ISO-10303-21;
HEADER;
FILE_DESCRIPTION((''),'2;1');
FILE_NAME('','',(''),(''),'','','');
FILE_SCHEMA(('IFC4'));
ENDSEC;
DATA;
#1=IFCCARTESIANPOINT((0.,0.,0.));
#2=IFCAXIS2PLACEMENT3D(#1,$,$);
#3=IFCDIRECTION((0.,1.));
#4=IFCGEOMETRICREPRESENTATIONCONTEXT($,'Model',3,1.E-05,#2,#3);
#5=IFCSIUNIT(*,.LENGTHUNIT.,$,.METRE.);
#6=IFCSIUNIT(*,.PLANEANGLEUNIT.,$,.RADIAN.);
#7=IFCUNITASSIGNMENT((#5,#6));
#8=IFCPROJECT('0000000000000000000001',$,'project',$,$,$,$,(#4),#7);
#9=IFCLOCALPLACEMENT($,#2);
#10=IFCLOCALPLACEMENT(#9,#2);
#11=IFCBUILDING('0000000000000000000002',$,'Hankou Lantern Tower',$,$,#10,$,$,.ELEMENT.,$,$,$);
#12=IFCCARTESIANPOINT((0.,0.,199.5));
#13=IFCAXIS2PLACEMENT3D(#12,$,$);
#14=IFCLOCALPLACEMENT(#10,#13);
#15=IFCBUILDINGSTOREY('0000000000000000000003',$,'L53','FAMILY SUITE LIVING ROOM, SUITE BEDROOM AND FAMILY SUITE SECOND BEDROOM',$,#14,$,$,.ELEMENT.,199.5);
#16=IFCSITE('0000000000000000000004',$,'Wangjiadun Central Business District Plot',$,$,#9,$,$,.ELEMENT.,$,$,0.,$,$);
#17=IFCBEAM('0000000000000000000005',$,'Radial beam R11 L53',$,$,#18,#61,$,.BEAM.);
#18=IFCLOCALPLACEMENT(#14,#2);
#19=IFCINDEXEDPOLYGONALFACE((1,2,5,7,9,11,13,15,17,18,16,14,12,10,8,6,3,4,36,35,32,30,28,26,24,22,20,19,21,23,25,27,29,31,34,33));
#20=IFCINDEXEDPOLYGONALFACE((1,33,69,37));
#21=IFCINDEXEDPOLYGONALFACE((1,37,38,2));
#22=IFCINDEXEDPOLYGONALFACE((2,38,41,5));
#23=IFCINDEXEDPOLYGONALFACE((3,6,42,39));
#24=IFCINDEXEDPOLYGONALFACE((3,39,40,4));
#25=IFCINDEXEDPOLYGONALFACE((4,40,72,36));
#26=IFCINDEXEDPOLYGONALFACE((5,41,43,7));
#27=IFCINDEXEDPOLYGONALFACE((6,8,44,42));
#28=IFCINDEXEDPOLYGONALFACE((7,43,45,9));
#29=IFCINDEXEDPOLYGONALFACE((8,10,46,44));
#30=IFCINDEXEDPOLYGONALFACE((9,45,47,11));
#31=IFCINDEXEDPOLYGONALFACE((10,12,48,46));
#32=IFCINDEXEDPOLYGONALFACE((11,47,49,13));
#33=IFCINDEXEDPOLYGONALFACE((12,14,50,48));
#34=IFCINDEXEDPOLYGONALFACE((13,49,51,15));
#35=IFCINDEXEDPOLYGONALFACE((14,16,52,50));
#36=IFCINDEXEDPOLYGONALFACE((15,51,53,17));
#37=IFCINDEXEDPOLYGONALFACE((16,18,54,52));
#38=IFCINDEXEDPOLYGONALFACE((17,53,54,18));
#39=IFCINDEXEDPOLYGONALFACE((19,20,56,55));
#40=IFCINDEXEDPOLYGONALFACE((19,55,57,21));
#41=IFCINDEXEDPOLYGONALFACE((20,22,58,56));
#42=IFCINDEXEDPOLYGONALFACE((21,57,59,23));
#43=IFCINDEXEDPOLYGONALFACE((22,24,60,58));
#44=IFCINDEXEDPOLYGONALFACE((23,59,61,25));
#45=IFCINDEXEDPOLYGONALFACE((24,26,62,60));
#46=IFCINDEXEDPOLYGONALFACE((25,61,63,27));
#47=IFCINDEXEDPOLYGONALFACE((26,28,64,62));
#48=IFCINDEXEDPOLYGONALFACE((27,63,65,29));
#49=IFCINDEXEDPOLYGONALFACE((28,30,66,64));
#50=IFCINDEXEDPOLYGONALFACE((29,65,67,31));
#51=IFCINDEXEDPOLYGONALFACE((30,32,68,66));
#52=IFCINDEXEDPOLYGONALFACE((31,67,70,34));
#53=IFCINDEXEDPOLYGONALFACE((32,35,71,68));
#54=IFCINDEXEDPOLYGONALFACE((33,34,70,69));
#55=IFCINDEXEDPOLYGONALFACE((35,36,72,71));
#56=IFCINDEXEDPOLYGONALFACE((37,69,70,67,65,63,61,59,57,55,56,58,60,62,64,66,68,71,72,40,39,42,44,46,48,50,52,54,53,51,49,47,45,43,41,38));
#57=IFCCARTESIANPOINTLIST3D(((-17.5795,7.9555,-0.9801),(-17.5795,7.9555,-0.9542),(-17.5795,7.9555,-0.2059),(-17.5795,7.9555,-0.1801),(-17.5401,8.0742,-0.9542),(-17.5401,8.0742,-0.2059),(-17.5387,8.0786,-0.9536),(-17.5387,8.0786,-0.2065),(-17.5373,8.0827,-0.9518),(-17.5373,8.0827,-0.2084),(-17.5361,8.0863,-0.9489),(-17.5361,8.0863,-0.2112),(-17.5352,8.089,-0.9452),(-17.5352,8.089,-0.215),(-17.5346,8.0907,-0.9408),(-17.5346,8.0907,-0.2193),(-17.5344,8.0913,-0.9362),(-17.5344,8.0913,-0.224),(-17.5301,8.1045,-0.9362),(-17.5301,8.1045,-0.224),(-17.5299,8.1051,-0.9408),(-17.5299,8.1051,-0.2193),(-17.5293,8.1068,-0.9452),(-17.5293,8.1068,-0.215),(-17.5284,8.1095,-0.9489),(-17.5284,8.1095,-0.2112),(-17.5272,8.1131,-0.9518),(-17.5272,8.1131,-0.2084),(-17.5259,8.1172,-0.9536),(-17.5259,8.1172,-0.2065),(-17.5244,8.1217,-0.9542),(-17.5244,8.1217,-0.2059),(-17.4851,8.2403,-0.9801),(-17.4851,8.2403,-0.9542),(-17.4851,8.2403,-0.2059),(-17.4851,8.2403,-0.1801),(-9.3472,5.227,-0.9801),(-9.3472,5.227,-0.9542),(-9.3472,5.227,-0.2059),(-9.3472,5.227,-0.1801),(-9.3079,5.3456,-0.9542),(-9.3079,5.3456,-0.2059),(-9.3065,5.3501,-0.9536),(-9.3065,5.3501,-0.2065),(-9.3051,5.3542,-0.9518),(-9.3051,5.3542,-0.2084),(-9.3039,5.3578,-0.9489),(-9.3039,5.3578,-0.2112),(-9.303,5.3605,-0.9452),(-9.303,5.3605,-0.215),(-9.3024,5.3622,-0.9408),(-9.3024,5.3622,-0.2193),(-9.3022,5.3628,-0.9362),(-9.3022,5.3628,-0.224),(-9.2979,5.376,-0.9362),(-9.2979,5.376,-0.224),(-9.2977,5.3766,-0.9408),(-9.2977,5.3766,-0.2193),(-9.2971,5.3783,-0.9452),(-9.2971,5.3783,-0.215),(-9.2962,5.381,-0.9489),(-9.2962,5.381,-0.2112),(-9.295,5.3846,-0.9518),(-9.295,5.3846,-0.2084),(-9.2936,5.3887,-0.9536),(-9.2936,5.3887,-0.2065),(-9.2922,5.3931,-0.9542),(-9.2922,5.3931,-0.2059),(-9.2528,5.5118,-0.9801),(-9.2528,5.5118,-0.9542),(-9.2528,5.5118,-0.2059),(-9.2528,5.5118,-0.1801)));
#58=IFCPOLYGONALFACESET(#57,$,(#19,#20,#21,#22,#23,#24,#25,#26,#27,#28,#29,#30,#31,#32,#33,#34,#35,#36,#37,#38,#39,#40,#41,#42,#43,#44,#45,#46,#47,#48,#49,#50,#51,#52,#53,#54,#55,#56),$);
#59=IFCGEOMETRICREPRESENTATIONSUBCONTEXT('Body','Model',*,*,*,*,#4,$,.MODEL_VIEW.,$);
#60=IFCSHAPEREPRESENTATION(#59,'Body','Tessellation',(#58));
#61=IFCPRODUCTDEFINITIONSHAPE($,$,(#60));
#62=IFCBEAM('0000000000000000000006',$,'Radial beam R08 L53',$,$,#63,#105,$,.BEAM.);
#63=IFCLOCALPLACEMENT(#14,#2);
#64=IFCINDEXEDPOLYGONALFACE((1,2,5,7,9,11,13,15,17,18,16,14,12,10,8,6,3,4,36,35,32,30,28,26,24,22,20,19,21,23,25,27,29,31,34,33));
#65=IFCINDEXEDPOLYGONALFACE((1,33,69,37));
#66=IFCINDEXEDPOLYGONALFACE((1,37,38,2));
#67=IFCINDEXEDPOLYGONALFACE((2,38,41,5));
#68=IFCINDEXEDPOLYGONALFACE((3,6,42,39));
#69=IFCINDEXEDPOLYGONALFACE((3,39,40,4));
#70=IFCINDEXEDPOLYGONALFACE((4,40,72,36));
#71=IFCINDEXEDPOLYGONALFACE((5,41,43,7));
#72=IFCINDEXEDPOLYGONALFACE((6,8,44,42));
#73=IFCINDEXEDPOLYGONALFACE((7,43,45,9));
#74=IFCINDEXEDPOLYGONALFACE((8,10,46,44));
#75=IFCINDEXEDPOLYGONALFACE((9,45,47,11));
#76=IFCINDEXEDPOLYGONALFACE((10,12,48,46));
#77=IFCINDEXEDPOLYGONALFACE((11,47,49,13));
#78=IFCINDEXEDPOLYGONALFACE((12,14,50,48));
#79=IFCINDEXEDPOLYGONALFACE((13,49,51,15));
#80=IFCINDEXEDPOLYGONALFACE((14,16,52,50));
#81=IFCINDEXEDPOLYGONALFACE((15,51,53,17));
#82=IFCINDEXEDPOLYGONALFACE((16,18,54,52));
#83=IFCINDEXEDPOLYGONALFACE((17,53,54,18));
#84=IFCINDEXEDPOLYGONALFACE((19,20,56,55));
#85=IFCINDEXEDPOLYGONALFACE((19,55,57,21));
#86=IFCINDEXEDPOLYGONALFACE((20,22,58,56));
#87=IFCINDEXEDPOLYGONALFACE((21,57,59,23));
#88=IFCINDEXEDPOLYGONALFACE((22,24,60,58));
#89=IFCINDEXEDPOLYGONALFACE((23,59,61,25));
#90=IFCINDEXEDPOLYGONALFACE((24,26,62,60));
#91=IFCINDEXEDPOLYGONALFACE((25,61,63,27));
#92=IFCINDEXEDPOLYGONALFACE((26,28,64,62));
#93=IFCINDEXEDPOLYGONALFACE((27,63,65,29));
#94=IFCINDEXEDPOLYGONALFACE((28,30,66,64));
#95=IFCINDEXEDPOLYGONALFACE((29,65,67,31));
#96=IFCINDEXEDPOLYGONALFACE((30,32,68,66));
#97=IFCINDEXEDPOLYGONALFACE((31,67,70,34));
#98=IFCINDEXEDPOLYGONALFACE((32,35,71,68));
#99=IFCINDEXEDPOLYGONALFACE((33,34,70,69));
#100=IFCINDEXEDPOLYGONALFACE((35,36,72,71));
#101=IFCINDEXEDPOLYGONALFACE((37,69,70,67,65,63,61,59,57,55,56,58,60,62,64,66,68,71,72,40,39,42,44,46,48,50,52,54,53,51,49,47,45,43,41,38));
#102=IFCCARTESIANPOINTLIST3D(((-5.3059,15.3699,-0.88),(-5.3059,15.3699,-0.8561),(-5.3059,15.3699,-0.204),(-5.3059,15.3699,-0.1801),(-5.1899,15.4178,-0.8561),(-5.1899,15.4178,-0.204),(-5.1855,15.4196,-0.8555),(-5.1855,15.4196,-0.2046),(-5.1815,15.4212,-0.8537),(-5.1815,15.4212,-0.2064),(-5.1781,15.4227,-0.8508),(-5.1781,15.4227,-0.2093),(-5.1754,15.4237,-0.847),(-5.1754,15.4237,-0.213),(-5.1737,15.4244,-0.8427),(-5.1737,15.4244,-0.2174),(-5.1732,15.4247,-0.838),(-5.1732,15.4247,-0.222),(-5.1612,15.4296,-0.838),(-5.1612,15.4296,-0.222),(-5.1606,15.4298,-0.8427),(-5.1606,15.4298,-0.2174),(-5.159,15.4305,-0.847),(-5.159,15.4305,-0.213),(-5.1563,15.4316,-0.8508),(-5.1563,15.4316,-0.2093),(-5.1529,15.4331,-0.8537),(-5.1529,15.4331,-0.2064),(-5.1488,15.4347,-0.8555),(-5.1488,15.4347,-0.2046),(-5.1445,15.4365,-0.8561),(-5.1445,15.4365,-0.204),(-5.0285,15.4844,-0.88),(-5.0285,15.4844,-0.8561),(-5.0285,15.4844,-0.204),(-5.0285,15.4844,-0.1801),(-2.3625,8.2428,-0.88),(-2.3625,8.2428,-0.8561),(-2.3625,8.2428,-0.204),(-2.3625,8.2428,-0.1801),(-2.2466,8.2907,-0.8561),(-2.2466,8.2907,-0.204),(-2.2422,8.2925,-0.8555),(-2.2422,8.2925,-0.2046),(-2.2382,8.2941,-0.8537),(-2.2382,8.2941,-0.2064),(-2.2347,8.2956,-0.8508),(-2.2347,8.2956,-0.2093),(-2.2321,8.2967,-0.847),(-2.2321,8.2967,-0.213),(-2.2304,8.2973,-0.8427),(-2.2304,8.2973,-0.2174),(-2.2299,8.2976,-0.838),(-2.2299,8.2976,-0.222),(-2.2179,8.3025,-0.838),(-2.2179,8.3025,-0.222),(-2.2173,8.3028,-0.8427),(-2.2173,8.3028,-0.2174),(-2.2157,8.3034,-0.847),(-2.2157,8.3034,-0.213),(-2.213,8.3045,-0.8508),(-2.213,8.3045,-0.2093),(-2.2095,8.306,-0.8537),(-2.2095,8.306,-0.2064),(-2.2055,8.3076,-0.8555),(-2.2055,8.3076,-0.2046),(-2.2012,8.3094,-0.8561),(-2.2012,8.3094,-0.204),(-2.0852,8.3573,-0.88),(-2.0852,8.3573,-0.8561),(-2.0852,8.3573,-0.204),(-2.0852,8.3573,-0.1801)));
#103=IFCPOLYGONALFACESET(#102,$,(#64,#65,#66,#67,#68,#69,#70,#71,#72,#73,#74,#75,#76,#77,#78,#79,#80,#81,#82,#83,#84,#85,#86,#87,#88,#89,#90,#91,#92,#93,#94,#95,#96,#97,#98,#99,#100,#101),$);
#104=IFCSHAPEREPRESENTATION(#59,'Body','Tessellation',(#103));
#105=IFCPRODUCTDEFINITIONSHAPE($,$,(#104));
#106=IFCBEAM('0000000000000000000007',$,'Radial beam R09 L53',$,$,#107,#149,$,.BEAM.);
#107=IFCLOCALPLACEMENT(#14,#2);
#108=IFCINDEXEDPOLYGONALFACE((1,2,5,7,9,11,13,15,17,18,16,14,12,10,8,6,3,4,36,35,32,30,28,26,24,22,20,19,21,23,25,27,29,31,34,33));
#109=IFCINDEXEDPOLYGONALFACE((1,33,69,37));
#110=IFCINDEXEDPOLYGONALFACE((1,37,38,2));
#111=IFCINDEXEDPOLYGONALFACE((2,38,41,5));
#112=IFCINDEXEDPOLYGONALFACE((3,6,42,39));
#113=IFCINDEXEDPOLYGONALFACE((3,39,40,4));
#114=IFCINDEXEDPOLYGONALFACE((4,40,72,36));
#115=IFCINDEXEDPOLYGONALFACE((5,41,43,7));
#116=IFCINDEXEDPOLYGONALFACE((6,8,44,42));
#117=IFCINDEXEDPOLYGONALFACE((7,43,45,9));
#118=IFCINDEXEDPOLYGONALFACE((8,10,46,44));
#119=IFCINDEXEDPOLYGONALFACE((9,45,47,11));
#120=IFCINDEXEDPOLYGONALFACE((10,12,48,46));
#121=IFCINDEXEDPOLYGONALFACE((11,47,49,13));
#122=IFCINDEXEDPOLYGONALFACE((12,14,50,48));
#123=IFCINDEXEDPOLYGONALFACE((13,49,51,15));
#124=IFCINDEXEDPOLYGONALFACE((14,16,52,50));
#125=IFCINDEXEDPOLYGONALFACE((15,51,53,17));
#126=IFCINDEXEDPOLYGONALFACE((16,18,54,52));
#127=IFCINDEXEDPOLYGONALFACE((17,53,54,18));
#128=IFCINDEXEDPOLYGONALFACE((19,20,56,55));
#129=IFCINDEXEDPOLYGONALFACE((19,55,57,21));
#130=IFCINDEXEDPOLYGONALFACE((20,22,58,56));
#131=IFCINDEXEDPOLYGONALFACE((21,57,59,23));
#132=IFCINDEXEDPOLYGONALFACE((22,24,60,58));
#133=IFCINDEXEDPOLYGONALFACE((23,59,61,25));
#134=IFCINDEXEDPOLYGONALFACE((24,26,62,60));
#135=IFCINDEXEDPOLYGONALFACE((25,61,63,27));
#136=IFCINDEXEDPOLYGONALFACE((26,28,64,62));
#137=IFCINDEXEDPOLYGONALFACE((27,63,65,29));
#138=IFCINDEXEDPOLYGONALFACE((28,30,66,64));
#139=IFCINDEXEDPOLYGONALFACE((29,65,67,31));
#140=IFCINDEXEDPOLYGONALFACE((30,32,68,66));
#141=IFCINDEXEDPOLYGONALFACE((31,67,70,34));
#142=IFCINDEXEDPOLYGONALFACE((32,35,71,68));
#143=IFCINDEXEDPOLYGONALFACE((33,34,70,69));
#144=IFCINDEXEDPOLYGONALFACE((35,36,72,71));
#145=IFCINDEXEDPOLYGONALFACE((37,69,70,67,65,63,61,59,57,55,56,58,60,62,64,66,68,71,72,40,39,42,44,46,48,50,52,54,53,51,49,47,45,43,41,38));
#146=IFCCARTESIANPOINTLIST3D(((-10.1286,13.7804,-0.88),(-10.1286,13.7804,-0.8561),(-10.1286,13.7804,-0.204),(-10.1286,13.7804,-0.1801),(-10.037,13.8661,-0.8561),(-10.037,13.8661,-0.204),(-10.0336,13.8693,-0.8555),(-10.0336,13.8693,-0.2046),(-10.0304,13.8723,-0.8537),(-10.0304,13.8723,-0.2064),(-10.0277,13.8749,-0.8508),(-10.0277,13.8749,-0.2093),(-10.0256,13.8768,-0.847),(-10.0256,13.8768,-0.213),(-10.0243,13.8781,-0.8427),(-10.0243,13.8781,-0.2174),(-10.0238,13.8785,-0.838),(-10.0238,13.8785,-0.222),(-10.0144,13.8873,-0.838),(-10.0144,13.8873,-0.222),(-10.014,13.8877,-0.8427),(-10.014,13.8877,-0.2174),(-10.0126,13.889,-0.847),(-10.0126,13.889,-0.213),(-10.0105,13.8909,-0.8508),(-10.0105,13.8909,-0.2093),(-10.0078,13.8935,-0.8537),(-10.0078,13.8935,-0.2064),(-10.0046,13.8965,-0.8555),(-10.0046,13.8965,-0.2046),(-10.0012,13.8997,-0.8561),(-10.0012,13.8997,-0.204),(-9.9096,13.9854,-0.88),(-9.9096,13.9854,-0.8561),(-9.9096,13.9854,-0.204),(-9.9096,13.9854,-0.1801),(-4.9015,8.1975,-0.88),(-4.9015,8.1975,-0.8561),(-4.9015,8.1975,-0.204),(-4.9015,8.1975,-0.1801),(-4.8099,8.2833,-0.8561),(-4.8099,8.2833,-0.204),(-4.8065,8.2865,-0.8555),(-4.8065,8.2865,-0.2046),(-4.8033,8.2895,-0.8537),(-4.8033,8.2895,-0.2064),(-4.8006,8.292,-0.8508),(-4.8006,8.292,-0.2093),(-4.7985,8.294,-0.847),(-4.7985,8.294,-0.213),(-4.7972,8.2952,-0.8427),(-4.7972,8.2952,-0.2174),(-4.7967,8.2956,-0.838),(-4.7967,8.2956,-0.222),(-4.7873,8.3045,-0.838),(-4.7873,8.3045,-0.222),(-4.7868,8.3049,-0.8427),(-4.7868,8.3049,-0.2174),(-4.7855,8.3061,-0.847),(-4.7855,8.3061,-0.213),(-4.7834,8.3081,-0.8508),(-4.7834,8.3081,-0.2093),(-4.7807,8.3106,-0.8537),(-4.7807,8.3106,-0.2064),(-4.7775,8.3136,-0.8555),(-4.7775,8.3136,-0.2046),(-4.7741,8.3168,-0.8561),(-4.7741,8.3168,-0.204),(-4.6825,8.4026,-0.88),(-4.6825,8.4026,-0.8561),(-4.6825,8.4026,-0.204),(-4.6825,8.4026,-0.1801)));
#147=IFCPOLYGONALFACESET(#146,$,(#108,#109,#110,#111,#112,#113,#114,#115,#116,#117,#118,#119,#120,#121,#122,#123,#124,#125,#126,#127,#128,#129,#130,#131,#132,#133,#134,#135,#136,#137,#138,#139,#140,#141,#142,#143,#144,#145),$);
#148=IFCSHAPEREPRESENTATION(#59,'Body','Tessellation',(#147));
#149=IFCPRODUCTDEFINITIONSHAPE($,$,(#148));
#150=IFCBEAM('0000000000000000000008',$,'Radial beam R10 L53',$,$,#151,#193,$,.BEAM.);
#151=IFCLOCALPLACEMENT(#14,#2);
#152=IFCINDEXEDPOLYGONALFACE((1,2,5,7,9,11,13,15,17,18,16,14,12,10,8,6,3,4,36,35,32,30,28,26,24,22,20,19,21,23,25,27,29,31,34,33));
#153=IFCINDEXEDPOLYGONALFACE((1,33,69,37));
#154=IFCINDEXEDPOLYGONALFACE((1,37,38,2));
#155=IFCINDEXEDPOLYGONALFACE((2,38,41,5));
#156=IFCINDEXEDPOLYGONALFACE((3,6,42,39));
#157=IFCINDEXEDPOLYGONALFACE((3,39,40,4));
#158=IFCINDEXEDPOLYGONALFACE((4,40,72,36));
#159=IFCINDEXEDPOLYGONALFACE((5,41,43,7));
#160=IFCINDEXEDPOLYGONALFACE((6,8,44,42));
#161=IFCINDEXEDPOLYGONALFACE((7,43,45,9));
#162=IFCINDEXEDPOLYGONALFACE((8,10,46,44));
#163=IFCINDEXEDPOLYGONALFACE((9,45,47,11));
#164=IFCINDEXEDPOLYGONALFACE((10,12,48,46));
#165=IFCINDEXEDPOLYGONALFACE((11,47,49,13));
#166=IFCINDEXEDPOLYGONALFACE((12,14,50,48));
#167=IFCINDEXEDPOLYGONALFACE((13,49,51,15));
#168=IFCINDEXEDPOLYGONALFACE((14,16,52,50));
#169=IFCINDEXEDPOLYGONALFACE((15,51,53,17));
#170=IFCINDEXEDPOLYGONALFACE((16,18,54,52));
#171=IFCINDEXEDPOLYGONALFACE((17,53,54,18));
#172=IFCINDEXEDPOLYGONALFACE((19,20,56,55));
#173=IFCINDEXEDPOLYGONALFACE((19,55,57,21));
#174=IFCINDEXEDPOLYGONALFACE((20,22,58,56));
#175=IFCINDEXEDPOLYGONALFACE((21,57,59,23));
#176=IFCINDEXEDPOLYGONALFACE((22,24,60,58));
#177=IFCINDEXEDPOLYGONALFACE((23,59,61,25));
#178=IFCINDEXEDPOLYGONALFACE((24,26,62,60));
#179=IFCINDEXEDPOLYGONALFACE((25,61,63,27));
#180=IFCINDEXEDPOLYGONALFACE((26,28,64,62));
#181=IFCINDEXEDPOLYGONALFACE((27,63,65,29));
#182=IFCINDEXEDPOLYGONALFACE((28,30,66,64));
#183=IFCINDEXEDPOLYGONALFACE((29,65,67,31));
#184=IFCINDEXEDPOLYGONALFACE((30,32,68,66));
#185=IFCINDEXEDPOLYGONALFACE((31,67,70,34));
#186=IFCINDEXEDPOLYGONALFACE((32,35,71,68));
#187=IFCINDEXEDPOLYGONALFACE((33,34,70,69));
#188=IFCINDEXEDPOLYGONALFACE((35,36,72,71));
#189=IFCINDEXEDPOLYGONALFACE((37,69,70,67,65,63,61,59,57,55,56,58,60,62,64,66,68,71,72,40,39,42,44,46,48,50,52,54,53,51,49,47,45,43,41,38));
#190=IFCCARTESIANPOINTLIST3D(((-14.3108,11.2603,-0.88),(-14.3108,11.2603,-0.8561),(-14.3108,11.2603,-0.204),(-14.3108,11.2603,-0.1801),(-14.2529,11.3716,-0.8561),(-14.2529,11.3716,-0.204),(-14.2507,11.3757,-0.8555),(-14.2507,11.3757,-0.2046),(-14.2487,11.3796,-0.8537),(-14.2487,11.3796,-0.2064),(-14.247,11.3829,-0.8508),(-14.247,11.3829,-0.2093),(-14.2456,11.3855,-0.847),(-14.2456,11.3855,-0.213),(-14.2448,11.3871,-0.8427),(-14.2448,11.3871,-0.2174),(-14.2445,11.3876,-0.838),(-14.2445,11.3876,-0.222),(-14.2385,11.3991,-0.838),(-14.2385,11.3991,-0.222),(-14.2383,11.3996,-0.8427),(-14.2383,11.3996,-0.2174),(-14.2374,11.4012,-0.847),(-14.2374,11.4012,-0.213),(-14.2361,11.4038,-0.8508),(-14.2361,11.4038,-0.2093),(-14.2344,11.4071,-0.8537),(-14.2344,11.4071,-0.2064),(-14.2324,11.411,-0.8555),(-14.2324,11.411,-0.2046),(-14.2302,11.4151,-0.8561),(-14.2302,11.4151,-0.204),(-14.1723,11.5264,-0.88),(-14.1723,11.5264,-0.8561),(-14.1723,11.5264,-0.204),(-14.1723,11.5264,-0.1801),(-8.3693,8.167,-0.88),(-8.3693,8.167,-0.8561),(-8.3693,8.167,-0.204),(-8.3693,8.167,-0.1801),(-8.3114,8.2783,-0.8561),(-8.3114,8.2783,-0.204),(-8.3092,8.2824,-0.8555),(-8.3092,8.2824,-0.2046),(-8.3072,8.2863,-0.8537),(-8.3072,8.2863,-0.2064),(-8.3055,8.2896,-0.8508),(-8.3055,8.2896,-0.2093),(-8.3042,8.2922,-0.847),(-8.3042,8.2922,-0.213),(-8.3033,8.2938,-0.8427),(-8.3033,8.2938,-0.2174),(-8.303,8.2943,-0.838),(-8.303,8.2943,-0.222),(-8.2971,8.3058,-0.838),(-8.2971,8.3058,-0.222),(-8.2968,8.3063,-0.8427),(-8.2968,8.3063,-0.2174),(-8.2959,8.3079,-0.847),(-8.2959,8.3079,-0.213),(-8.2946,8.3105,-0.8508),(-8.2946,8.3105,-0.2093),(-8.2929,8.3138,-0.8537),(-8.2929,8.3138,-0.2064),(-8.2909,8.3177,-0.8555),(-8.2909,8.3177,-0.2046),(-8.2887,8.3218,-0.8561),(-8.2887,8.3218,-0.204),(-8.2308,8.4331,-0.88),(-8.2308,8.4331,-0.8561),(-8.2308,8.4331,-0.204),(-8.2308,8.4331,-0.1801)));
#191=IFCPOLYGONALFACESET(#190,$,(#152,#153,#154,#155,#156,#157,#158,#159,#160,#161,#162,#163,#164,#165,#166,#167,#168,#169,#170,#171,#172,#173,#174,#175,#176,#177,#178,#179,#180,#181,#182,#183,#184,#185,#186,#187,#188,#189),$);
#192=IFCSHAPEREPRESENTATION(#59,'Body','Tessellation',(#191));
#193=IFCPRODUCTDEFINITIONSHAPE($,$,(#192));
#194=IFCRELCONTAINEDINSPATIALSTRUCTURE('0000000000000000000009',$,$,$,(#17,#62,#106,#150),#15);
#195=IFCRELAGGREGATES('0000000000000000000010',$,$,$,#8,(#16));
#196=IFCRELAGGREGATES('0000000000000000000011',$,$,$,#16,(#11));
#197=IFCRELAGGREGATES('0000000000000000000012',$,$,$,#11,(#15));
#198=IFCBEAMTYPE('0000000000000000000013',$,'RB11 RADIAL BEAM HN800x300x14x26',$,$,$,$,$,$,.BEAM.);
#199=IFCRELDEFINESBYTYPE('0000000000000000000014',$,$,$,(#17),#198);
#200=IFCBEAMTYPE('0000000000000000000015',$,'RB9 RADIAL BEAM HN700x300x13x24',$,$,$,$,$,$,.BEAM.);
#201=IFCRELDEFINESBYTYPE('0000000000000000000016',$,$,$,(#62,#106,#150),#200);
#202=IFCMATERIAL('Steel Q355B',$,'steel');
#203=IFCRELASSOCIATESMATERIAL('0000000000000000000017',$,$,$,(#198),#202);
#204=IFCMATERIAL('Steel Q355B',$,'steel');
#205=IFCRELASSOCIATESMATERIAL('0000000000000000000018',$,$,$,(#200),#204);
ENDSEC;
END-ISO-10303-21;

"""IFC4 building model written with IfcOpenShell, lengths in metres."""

from ifc_helpers import new_model, si_unit, direction, frame, origin, origin_2d, place, context, subcontext, project, spatial, i_section, extrude, material, material_profile, profile_set, type_object, element, save


model = new_model("IFC4")

# Units and contexts
model_context = context("Model", 3, precision=1e-05, world=origin(), true_north=direction((0.0, 1.0)))
body_context = subcontext(model_context, "Body", "Model", "MODEL_VIEW")
ifc_project = project(units=[si_unit("LENGTHUNIT", "METRE"), si_unit("PLANEANGLEUNIT", "RADIAN")], contexts=[model_context])

# Site, building, storey
site_placement = place(None, origin())
site = spatial("IfcSite", under=ifc_project, at=site_placement, Name="Wangjiadun Central Business District Plot", CompositionType="ELEMENT", RefElevation=0.0)
building_placement = place(site_placement, origin())
building = spatial("IfcBuilding", under=site, at=building_placement, Name="Hankou Lantern Tower", CompositionType="ELEMENT")
storey_placement = place(building_placement, frame((0.0, 0.0, 199.5)))
storey = spatial("IfcBuildingStorey", under=building, at=storey_placement, Name="L53", Description="FAMILY SUITE LIVING ROOM, SUITE BEDROOM AND FAMILY SUITE SECOND BEDROOM", CompositionType="ELEMENT", Elevation=199.5)

# Beams
ifc_material_1 = material(Name="Steel Q355B", Category="steel")
ifc_material_profile_1 = material_profile(ifc_material_1, i_section(OverallWidth=0.3, OverallDepth=0.8, WebThickness=0.0139, FlangeThickness=0.0259, FilletRadius=0.0181, at=origin_2d()), Name="HN800x300x14x26")
ifc_profile_set_1 = profile_set([ifc_material_profile_1], Name="Steel Q355B")
beam_type_1 = type_object("IfcBeamType", Name="RB11 RADIAL BEAM HN800x300x14x26", PredefinedType="BEAM", material=ifc_profile_set_1)
beam_1_placement = place(storey_placement, frame((-9.3, 5.3694, -0.5801), z_axis=(-0.94922, 0.314614, 0.0), x_axis=(-0.314614, -0.94922, 0.0)))
element("IfcBeam", 1, at=beam_1_placement, inside=storey, type_object=beam_type_1, Name="Radial beam R11 L53", PredefinedType="BEAM", context=body_context, shape_type="SweptSolid", body=[
    extrude(i_section(OverallWidth=0.3, OverallDepth=0.8, WebThickness=0.0139, FlangeThickness=0.0259, FilletRadius=0.0181, at=origin_2d()), origin(), (0.0, 0.0, 1.0), 8.6726),
])
ifc_material_2 = material(Name="Steel Q355B", Category="steel")
ifc_material_profile_2 = material_profile(ifc_material_2, i_section(OverallWidth=0.3, OverallDepth=0.7, WebThickness=0.0129, FlangeThickness=0.0239, FilletRadius=0.0181, at=origin_2d()), Name="HN700x300x13x24")
ifc_profile_set_2 = profile_set([ifc_material_profile_2], Name="Steel Q355B")
beam_type_2 = type_object("IfcBeamType", Name="RB9 RADIAL BEAM HN700x300x13x24", PredefinedType="BEAM", material=ifc_profile_set_2)
beam_2_placement = place(storey_placement, frame((-2.2239, 8.3, -0.53), z_axis=(-0.381707, 0.924284, 0.0), x_axis=(-0.924284, -0.381707, 0.0)))
element("IfcBeam", 2, at=beam_2_placement, inside=storey, type_object=beam_type_2, Name="Radial beam R08 L53", PredefinedType="BEAM", context=body_context, shape_type="SweptSolid", body=[
    extrude(i_section(OverallWidth=0.3, OverallDepth=0.7, WebThickness=0.0129, FlangeThickness=0.0239, FilletRadius=0.0181, at=origin_2d()), origin(), (0.0, 0.0, 1.0), 7.7109),
])
beam_3_placement = place(storey_placement, frame((-4.792, 8.3, -0.53), z_axis=(-0.683468, 0.72998, 0.0), x_axis=(-0.72998, -0.683468, 0.0)))
element("IfcBeam", 3, at=beam_3_placement, inside=storey, type_object=beam_type_2, Name="Radial beam R09 L53", PredefinedType="BEAM", context=body_context, shape_type="SweptSolid", body=[
    extrude(i_section(OverallWidth=0.3, OverallDepth=0.7, WebThickness=0.0129, FlangeThickness=0.0239, FilletRadius=0.0181, at=origin_2d()), origin(), (0.0, 0.0, 1.0), 7.6479),
])
beam_4_placement = place(storey_placement, frame((-8.3, 8.3, -0.53), z_axis=(-0.886989, 0.461791, 0.0), x_axis=(-0.461791, -0.886989, 0.0)))
element("IfcBeam", 4, at=beam_4_placement, inside=storey, type_object=beam_type_2, Name="Radial beam R10 L53", PredefinedType="BEAM", context=body_context, shape_type="SweptSolid", body=[
    extrude(i_section(OverallWidth=0.3, OverallDepth=0.7, WebThickness=0.0129, FlangeThickness=0.0239, FilletRadius=0.0181, at=origin_2d()), origin(), (0.0, 0.0, 1.0), 6.6985),
])

save(model, "model.ifc")
